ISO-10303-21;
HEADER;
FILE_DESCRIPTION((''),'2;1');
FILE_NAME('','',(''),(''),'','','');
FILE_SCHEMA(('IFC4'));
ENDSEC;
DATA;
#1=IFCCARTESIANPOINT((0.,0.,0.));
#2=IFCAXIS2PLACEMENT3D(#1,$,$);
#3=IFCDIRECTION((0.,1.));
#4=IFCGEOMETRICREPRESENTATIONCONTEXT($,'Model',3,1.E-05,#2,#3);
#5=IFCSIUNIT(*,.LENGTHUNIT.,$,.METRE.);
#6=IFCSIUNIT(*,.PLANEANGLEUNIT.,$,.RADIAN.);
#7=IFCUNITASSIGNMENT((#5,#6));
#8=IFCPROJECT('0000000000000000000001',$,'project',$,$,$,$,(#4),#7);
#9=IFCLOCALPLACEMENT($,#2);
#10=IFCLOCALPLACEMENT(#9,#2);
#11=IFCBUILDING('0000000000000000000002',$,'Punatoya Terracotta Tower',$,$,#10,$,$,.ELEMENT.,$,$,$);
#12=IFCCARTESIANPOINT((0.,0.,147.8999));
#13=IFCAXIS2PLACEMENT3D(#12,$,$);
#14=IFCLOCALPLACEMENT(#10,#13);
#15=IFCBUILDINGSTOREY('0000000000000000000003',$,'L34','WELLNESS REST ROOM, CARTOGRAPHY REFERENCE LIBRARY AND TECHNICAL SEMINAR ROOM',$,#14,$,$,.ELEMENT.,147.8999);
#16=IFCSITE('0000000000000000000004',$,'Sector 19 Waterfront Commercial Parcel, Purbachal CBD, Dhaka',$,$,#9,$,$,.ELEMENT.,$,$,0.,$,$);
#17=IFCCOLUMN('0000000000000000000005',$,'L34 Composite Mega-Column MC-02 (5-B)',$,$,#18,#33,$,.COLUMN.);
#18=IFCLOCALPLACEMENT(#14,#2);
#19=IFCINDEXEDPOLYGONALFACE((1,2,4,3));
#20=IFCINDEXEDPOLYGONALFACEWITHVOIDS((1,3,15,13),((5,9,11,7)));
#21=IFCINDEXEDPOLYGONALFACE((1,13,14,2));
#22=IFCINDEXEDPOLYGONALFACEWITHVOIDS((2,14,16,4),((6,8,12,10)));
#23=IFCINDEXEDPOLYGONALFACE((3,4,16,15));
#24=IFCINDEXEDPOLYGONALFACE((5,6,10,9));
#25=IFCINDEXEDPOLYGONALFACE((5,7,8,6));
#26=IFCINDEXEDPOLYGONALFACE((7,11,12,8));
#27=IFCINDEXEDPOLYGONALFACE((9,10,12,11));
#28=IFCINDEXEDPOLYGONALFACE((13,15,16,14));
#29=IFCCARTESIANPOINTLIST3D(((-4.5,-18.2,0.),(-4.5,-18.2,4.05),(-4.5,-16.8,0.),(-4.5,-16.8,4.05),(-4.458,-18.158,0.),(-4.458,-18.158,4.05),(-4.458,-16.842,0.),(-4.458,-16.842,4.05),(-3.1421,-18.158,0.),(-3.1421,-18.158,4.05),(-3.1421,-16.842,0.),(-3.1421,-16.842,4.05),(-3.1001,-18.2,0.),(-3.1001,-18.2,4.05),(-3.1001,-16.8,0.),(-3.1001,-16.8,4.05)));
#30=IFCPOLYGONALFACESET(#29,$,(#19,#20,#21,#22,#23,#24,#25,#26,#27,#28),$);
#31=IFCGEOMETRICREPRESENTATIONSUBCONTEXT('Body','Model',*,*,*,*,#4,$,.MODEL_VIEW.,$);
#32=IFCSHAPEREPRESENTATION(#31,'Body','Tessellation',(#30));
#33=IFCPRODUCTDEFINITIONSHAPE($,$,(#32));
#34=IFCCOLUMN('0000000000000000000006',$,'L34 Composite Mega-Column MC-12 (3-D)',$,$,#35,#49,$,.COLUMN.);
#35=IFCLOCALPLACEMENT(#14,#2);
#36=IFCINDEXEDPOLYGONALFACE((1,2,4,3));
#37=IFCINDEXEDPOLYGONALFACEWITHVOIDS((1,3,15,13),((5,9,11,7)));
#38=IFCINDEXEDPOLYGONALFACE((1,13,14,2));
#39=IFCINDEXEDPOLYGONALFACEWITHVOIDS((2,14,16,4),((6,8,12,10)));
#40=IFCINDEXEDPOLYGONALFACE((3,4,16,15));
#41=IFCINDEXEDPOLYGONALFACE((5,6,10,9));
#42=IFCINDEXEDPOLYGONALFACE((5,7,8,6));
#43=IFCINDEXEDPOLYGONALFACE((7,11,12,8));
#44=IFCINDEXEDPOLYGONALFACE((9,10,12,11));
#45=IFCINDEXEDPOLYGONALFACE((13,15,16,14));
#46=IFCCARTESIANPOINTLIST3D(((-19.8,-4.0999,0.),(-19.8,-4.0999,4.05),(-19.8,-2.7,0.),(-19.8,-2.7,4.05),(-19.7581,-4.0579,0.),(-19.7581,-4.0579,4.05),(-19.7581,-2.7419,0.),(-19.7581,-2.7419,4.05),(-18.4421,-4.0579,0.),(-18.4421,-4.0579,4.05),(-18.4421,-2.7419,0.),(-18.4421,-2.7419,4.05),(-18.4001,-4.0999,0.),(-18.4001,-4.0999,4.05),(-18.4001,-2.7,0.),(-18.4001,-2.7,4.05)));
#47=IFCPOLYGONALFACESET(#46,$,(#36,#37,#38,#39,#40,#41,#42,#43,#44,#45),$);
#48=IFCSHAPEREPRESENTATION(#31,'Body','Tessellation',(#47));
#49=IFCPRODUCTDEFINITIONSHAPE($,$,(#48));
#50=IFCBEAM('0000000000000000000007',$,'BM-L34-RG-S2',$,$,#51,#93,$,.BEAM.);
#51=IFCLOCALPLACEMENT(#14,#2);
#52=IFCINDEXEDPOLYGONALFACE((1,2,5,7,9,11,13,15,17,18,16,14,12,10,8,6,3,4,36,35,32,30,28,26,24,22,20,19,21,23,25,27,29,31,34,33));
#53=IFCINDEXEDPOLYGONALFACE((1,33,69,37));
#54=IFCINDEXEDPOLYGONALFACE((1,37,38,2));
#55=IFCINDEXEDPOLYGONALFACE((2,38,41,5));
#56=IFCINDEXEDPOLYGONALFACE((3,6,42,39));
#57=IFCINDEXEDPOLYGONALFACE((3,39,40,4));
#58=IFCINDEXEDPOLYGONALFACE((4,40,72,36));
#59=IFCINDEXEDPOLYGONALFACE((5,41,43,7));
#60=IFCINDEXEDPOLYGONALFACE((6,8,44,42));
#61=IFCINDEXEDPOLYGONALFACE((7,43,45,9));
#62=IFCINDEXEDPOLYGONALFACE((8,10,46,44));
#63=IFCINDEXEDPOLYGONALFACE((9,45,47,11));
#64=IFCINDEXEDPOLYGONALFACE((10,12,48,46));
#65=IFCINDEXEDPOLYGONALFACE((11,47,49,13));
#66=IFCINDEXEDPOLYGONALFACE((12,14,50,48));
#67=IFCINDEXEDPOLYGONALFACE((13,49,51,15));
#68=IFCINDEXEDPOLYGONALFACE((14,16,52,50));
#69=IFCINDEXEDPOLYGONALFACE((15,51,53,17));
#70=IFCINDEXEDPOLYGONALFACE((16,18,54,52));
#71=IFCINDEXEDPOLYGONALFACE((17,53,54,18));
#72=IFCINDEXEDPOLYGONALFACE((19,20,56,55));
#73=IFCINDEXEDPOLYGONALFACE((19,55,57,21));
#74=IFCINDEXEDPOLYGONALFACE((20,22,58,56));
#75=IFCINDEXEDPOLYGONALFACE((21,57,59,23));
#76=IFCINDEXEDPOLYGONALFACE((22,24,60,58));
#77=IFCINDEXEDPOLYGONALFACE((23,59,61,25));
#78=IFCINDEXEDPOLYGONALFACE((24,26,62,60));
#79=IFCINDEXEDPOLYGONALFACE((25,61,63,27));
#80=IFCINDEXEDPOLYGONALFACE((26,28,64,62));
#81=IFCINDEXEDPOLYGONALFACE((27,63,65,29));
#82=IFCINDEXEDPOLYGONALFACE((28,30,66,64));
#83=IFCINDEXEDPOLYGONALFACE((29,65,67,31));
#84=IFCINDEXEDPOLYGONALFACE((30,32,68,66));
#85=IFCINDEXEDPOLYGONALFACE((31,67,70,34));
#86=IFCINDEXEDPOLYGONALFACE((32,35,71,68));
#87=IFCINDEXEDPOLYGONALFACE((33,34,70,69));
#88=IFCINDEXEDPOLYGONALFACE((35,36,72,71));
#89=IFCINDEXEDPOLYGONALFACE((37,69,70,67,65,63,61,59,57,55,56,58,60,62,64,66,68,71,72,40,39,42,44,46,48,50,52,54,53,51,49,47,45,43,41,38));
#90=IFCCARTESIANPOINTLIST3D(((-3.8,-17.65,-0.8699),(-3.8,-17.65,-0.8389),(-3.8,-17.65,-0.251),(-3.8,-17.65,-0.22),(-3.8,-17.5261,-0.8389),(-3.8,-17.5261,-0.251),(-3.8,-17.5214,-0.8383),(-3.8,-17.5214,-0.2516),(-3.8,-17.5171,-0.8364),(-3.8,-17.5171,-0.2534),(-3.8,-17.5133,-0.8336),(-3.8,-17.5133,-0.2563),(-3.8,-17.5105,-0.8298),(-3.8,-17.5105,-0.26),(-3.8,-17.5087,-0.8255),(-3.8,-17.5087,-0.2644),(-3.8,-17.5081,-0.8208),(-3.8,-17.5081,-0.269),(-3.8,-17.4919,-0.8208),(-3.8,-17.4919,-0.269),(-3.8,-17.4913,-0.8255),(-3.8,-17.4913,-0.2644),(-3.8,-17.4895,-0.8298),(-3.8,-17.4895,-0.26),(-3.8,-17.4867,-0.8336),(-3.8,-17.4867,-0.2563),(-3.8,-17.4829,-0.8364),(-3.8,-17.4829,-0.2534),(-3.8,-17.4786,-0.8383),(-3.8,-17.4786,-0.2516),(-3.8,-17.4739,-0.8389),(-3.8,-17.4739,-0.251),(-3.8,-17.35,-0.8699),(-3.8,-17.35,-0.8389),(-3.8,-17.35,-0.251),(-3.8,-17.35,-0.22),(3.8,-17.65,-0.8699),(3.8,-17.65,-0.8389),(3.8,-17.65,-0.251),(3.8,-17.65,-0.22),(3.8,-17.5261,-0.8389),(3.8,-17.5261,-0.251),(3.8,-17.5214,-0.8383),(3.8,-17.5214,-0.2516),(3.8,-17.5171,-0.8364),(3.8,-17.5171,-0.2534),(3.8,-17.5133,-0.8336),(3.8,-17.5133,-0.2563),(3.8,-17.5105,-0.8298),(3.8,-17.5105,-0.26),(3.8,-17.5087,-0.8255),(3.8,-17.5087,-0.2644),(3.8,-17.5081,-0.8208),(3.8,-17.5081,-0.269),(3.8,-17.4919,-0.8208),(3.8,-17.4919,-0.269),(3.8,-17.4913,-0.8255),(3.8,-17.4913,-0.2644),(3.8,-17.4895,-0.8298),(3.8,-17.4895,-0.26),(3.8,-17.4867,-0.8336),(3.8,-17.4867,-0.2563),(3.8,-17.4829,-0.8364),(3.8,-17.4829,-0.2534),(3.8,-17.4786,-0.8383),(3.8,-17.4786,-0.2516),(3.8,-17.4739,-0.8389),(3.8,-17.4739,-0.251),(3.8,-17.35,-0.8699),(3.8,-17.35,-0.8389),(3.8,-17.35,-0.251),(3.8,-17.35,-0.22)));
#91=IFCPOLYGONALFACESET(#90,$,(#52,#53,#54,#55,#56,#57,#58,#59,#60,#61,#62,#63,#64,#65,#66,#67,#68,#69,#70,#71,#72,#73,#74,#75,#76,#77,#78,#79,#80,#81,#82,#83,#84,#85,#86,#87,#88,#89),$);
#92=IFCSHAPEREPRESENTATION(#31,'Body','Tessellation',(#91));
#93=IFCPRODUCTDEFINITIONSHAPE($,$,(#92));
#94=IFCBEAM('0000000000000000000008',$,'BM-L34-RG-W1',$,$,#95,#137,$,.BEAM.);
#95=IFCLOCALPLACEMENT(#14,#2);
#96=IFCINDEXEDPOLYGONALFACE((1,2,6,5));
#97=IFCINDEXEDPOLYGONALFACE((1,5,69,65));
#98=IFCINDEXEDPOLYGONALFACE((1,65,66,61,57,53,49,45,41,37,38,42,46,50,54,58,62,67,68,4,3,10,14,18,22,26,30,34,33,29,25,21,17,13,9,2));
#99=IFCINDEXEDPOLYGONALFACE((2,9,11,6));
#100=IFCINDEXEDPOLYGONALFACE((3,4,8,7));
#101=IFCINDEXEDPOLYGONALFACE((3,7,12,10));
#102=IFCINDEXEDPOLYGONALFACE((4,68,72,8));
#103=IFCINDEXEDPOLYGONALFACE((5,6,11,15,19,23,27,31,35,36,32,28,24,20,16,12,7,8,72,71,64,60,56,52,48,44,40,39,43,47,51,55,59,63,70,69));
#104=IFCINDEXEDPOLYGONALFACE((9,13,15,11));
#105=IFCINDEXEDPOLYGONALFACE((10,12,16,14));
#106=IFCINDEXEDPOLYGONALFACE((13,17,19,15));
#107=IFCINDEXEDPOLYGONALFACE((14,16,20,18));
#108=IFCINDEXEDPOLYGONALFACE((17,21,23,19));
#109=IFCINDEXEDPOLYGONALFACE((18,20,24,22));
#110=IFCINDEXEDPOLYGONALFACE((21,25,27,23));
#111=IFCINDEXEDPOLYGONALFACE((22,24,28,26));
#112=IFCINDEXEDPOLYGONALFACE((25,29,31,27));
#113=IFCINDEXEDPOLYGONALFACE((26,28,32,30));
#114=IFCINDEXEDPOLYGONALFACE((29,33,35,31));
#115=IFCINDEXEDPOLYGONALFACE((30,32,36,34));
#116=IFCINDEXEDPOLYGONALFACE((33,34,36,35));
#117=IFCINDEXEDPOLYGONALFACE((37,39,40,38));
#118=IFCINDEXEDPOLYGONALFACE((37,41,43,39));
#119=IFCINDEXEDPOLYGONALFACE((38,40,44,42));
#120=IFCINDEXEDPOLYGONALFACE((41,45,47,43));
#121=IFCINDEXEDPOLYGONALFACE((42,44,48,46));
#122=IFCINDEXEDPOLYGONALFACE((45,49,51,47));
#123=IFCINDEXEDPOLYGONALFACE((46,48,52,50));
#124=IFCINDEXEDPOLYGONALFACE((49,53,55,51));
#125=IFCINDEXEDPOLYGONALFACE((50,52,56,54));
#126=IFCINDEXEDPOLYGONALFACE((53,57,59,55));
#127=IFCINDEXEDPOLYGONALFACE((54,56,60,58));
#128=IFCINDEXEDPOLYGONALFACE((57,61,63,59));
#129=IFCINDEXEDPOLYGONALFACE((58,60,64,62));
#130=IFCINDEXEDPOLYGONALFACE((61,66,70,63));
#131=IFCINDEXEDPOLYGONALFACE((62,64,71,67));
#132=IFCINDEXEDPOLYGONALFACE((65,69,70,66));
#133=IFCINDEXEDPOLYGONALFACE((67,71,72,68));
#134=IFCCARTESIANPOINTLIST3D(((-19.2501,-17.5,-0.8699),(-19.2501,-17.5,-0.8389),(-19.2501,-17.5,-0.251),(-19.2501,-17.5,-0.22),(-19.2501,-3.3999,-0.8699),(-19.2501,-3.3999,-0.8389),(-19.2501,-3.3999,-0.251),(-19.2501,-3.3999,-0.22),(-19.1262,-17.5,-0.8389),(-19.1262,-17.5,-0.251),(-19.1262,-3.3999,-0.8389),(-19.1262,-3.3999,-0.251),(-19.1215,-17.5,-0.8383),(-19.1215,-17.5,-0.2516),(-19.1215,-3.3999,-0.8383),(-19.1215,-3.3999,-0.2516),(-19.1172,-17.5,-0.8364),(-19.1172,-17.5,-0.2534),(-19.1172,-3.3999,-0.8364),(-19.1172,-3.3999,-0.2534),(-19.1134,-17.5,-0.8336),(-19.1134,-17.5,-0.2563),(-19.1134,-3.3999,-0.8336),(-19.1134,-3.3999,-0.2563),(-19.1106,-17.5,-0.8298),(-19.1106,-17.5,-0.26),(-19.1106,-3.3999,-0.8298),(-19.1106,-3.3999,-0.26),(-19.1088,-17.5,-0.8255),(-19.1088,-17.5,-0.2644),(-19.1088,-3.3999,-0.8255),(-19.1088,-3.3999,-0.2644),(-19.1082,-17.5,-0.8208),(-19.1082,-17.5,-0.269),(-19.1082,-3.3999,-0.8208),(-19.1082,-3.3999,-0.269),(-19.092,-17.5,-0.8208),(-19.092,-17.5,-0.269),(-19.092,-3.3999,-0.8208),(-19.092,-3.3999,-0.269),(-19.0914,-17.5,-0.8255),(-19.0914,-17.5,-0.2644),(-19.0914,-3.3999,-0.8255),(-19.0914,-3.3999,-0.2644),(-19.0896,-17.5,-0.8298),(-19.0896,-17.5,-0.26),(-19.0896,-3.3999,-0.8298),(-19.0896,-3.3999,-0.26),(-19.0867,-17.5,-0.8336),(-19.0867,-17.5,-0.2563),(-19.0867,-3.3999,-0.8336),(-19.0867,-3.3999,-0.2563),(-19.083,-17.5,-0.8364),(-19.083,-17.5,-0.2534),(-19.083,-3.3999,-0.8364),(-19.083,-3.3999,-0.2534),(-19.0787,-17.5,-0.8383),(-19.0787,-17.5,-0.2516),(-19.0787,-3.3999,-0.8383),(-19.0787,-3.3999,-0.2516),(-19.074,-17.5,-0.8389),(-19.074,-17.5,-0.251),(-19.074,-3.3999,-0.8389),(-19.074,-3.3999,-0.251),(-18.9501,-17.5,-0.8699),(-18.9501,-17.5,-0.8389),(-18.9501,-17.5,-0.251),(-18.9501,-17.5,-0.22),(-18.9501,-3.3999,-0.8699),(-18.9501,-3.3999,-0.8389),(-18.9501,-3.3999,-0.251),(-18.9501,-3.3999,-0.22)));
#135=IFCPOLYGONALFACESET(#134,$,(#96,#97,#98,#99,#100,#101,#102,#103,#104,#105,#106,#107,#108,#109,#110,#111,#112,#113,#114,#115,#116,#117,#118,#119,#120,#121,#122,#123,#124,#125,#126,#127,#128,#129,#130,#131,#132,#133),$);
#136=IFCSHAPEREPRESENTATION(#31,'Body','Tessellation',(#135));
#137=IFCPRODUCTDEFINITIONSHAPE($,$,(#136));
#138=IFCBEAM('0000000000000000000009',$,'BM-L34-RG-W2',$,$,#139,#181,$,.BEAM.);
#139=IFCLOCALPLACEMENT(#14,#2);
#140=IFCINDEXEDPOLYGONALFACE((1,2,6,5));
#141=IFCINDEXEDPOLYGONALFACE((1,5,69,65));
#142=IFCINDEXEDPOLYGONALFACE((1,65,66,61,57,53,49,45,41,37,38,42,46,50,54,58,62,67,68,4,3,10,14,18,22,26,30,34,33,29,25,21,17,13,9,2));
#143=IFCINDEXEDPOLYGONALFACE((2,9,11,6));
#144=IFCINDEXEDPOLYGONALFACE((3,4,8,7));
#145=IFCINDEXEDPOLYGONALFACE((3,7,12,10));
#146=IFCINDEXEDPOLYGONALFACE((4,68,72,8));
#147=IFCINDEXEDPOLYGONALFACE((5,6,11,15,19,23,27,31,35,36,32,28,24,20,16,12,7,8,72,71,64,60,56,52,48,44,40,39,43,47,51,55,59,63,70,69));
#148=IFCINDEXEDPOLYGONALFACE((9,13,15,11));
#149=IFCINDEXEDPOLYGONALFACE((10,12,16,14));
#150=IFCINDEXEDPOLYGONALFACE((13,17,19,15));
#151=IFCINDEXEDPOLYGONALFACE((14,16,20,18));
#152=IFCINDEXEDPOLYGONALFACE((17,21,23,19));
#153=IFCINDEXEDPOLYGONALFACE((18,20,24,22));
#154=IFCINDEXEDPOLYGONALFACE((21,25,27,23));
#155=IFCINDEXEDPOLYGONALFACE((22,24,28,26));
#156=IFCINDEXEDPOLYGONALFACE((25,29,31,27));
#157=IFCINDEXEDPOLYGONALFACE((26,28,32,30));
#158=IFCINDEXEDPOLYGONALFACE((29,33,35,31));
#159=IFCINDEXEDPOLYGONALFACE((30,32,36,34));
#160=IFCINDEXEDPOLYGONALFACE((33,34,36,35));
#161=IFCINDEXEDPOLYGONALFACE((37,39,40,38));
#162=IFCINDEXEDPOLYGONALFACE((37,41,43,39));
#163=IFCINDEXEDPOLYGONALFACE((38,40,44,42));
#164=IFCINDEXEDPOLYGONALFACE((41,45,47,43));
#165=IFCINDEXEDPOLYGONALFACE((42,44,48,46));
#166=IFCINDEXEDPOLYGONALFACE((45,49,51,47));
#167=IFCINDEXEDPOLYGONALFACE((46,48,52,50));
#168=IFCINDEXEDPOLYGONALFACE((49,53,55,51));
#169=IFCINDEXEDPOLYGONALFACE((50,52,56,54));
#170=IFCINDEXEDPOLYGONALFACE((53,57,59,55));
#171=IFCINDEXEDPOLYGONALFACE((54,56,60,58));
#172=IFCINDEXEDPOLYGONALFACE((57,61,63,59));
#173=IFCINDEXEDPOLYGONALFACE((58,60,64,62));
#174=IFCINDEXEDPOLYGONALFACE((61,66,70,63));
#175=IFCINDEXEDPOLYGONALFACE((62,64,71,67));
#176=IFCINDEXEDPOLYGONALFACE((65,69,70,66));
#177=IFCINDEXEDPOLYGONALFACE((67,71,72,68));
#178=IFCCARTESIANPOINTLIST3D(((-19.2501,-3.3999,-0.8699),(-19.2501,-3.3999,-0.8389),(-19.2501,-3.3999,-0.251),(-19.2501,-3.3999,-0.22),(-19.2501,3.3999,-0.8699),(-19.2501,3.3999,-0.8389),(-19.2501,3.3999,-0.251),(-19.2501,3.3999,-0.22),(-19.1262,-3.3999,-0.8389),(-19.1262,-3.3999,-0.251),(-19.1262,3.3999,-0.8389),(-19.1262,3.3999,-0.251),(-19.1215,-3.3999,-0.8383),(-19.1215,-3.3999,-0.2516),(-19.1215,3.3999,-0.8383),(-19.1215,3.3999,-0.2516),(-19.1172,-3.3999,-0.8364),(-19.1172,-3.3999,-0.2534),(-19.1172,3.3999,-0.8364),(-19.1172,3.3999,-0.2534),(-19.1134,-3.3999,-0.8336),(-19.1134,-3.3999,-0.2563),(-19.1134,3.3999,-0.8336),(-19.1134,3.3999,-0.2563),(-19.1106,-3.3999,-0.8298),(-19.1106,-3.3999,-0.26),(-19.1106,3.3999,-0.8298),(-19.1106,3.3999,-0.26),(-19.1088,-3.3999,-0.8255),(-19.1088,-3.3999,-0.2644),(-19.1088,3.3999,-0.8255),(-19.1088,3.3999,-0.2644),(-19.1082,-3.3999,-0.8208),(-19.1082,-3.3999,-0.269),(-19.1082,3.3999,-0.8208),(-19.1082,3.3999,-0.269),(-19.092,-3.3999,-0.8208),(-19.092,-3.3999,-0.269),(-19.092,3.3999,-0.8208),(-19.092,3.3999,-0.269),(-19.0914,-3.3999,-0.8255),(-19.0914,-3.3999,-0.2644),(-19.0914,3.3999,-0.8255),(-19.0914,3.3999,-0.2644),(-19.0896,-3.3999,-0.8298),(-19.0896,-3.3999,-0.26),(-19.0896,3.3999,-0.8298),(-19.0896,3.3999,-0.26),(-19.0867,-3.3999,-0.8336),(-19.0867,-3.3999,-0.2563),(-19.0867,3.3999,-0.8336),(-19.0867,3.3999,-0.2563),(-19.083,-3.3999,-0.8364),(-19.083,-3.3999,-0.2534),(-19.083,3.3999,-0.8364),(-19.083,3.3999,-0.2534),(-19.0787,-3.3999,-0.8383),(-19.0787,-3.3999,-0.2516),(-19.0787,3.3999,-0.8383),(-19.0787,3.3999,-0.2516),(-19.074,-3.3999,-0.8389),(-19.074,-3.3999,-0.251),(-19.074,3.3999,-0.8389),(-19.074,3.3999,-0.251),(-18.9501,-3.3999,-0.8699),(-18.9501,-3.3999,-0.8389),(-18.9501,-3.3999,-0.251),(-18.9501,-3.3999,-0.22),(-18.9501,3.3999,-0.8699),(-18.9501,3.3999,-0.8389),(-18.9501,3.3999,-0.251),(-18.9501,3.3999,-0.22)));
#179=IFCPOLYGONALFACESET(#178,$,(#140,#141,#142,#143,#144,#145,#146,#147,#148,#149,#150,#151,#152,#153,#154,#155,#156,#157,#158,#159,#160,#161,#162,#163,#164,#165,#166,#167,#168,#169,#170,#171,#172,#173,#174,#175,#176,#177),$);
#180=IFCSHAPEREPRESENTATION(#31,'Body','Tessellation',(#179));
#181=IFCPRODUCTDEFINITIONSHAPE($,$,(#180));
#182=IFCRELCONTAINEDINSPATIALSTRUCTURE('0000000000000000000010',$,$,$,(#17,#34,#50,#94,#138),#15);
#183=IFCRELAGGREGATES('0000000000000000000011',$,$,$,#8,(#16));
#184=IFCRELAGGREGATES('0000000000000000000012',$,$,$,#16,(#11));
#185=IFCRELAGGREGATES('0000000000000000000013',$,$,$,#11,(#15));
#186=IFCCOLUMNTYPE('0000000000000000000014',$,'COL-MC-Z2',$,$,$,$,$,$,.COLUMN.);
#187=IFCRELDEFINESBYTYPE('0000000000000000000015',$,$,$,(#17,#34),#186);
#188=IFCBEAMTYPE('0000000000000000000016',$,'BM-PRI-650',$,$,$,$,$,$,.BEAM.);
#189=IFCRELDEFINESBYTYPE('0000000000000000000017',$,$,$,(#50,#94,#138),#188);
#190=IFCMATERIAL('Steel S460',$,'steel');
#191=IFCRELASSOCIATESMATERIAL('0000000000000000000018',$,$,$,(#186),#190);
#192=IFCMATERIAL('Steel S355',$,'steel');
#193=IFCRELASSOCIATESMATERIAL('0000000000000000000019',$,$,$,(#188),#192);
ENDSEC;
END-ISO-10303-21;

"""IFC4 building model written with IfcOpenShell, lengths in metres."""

from ifc_helpers import new_model, si_unit, direction, frame, origin, origin_2d, place, context, subcontext, project, spatial, hollow_rectangle, i_section, extrude, material, material_profile, profile_set, type_object, element, save


model = new_model("IFC4")

# Units and contexts
model_context = context("Model", 3, precision=1e-05, world=origin(), true_north=direction((0.0, 1.0)))
body_context = subcontext(model_context, "Body", "Model", "MODEL_VIEW")
ifc_project = project(units=[si_unit("LENGTHUNIT", "METRE"), si_unit("PLANEANGLEUNIT", "RADIAN")], contexts=[model_context])

# Site, building, storey
site_placement = place(None, origin())
site = spatial("IfcSite", under=ifc_project, at=site_placement, Name="Sector 19 Waterfront Commercial Parcel, Purbachal CBD, Dhaka", CompositionType="ELEMENT", RefElevation=0.0)
building_placement = place(site_placement, origin())
building = spatial("IfcBuilding", under=site, at=building_placement, Name="Punatoya Terracotta Tower", CompositionType="ELEMENT")
storey_placement = place(building_placement, frame((0.0, 0.0, 147.8999)))
storey = spatial("IfcBuildingStorey", under=building, at=storey_placement, Name="L34", Description="WELLNESS REST ROOM, CARTOGRAPHY REFERENCE LIBRARY AND TECHNICAL SEMINAR ROOM", CompositionType="ELEMENT", Elevation=147.8999)

# Columns
ifc_material_1 = material(Name="Steel S460", Category="steel")
ifc_material_profile_1 = material_profile(ifc_material_1, hollow_rectangle(XDim=1.3999, YDim=1.3999, WallThickness=0.042, at=origin_2d()))
ifc_profile_set_1 = profile_set([ifc_material_profile_1], Name="Steel S460")
column_type = type_object("IfcColumnType", Name="COL-MC-Z2", PredefinedType="COLUMN", material=ifc_profile_set_1)
for number, where, z_axis, x_axis, name in (
    (1, (-3.8, -17.5, 0.0), (0.0, 0.0, 1.0), (1.0, 0.0, 0.0), "L34 Composite Mega-Column MC-02 (5-B)"),
    (2, (-19.1001, -3.3999, 0.0), (0.0, 0.0, 1.0), (1.0, 0.0, 0.0), "L34 Composite Mega-Column MC-12 (3-D)"),
):
    element("IfcColumn", number, at=place(storey_placement, frame(where, z_axis=z_axis, x_axis=x_axis)), inside=storey, type_object=column_type, Name=name, PredefinedType="COLUMN", context=body_context, shape_type="SweptSolid", body=[
        extrude(hollow_rectangle(XDim=1.3999, YDim=1.3999, WallThickness=0.042, at=origin_2d()), origin(), (0.0, 0.0, 1.0), 4.05),
    ])

# Beams
ifc_material_2 = material(Name="Steel S355", Category="steel")
ifc_material_profile_2 = material_profile(ifc_material_2, i_section(OverallWidth=0.3, OverallDepth=0.6499, WebThickness=0.0161, FlangeThickness=0.031, FilletRadius=0.0181, at=origin_2d()))
ifc_profile_set_2 = profile_set([ifc_material_profile_2], Name="Steel S355")
beam_type_1 = type_object("IfcBeamType", Name="BM-PRI-650", PredefinedType="BEAM", material=ifc_profile_set_2)
beam_1_placement = place(storey_placement, frame((-3.8, -17.5, -0.5449), z_axis=(1.0, 0.0, 0.0), x_axis=(0.0, 1.0, 0.0)))
element("IfcBeam", 3, at=beam_1_placement, inside=storey, type_object=beam_type_1, Name="BM-L34-RG-S2", PredefinedType="BEAM", context=body_context, shape_type="SweptSolid", body=[
    extrude(i_section(OverallWidth=0.3, OverallDepth=0.6499, WebThickness=0.0161, FlangeThickness=0.031, FilletRadius=0.0181, at=origin_2d()), origin(), (0.0, 0.0, 1.0), 7.6001),
])
beam_2_placement = place(storey_placement, frame((-19.1001, -17.5, -0.5449), z_axis=(0.0, 1.0, 0.0), x_axis=(-1.0, 0.0, 0.0)))
element("IfcBeam", 4, at=beam_2_placement, inside=storey, type_object=beam_type_1, Name="BM-L34-RG-W1", PredefinedType="BEAM", context=body_context, shape_type="SweptSolid", body=[
    extrude(i_section(OverallWidth=0.3, OverallDepth=0.6499, WebThickness=0.0161, FlangeThickness=0.031, FilletRadius=0.0181, at=origin_2d()), origin(), (0.0, 0.0, 1.0), 14.1001),
])
beam_3_placement = place(storey_placement, frame((-19.1001, -3.3999, -0.5449), z_axis=(0.0, 1.0, 0.0), x_axis=(-1.0, 0.0, 0.0)))
element("IfcBeam", 5, at=beam_3_placement, inside=storey, type_object=beam_type_1, Name="BM-L34-RG-W2", PredefinedType="BEAM", context=body_context, shape_type="SweptSolid", body=[
    extrude(i_section(OverallWidth=0.3, OverallDepth=0.6499, WebThickness=0.0161, FlangeThickness=0.031, FilletRadius=0.0181, at=origin_2d()), origin(), (0.0, 0.0, 1.0), 6.7998),
])

save(model, "model.ifc")
